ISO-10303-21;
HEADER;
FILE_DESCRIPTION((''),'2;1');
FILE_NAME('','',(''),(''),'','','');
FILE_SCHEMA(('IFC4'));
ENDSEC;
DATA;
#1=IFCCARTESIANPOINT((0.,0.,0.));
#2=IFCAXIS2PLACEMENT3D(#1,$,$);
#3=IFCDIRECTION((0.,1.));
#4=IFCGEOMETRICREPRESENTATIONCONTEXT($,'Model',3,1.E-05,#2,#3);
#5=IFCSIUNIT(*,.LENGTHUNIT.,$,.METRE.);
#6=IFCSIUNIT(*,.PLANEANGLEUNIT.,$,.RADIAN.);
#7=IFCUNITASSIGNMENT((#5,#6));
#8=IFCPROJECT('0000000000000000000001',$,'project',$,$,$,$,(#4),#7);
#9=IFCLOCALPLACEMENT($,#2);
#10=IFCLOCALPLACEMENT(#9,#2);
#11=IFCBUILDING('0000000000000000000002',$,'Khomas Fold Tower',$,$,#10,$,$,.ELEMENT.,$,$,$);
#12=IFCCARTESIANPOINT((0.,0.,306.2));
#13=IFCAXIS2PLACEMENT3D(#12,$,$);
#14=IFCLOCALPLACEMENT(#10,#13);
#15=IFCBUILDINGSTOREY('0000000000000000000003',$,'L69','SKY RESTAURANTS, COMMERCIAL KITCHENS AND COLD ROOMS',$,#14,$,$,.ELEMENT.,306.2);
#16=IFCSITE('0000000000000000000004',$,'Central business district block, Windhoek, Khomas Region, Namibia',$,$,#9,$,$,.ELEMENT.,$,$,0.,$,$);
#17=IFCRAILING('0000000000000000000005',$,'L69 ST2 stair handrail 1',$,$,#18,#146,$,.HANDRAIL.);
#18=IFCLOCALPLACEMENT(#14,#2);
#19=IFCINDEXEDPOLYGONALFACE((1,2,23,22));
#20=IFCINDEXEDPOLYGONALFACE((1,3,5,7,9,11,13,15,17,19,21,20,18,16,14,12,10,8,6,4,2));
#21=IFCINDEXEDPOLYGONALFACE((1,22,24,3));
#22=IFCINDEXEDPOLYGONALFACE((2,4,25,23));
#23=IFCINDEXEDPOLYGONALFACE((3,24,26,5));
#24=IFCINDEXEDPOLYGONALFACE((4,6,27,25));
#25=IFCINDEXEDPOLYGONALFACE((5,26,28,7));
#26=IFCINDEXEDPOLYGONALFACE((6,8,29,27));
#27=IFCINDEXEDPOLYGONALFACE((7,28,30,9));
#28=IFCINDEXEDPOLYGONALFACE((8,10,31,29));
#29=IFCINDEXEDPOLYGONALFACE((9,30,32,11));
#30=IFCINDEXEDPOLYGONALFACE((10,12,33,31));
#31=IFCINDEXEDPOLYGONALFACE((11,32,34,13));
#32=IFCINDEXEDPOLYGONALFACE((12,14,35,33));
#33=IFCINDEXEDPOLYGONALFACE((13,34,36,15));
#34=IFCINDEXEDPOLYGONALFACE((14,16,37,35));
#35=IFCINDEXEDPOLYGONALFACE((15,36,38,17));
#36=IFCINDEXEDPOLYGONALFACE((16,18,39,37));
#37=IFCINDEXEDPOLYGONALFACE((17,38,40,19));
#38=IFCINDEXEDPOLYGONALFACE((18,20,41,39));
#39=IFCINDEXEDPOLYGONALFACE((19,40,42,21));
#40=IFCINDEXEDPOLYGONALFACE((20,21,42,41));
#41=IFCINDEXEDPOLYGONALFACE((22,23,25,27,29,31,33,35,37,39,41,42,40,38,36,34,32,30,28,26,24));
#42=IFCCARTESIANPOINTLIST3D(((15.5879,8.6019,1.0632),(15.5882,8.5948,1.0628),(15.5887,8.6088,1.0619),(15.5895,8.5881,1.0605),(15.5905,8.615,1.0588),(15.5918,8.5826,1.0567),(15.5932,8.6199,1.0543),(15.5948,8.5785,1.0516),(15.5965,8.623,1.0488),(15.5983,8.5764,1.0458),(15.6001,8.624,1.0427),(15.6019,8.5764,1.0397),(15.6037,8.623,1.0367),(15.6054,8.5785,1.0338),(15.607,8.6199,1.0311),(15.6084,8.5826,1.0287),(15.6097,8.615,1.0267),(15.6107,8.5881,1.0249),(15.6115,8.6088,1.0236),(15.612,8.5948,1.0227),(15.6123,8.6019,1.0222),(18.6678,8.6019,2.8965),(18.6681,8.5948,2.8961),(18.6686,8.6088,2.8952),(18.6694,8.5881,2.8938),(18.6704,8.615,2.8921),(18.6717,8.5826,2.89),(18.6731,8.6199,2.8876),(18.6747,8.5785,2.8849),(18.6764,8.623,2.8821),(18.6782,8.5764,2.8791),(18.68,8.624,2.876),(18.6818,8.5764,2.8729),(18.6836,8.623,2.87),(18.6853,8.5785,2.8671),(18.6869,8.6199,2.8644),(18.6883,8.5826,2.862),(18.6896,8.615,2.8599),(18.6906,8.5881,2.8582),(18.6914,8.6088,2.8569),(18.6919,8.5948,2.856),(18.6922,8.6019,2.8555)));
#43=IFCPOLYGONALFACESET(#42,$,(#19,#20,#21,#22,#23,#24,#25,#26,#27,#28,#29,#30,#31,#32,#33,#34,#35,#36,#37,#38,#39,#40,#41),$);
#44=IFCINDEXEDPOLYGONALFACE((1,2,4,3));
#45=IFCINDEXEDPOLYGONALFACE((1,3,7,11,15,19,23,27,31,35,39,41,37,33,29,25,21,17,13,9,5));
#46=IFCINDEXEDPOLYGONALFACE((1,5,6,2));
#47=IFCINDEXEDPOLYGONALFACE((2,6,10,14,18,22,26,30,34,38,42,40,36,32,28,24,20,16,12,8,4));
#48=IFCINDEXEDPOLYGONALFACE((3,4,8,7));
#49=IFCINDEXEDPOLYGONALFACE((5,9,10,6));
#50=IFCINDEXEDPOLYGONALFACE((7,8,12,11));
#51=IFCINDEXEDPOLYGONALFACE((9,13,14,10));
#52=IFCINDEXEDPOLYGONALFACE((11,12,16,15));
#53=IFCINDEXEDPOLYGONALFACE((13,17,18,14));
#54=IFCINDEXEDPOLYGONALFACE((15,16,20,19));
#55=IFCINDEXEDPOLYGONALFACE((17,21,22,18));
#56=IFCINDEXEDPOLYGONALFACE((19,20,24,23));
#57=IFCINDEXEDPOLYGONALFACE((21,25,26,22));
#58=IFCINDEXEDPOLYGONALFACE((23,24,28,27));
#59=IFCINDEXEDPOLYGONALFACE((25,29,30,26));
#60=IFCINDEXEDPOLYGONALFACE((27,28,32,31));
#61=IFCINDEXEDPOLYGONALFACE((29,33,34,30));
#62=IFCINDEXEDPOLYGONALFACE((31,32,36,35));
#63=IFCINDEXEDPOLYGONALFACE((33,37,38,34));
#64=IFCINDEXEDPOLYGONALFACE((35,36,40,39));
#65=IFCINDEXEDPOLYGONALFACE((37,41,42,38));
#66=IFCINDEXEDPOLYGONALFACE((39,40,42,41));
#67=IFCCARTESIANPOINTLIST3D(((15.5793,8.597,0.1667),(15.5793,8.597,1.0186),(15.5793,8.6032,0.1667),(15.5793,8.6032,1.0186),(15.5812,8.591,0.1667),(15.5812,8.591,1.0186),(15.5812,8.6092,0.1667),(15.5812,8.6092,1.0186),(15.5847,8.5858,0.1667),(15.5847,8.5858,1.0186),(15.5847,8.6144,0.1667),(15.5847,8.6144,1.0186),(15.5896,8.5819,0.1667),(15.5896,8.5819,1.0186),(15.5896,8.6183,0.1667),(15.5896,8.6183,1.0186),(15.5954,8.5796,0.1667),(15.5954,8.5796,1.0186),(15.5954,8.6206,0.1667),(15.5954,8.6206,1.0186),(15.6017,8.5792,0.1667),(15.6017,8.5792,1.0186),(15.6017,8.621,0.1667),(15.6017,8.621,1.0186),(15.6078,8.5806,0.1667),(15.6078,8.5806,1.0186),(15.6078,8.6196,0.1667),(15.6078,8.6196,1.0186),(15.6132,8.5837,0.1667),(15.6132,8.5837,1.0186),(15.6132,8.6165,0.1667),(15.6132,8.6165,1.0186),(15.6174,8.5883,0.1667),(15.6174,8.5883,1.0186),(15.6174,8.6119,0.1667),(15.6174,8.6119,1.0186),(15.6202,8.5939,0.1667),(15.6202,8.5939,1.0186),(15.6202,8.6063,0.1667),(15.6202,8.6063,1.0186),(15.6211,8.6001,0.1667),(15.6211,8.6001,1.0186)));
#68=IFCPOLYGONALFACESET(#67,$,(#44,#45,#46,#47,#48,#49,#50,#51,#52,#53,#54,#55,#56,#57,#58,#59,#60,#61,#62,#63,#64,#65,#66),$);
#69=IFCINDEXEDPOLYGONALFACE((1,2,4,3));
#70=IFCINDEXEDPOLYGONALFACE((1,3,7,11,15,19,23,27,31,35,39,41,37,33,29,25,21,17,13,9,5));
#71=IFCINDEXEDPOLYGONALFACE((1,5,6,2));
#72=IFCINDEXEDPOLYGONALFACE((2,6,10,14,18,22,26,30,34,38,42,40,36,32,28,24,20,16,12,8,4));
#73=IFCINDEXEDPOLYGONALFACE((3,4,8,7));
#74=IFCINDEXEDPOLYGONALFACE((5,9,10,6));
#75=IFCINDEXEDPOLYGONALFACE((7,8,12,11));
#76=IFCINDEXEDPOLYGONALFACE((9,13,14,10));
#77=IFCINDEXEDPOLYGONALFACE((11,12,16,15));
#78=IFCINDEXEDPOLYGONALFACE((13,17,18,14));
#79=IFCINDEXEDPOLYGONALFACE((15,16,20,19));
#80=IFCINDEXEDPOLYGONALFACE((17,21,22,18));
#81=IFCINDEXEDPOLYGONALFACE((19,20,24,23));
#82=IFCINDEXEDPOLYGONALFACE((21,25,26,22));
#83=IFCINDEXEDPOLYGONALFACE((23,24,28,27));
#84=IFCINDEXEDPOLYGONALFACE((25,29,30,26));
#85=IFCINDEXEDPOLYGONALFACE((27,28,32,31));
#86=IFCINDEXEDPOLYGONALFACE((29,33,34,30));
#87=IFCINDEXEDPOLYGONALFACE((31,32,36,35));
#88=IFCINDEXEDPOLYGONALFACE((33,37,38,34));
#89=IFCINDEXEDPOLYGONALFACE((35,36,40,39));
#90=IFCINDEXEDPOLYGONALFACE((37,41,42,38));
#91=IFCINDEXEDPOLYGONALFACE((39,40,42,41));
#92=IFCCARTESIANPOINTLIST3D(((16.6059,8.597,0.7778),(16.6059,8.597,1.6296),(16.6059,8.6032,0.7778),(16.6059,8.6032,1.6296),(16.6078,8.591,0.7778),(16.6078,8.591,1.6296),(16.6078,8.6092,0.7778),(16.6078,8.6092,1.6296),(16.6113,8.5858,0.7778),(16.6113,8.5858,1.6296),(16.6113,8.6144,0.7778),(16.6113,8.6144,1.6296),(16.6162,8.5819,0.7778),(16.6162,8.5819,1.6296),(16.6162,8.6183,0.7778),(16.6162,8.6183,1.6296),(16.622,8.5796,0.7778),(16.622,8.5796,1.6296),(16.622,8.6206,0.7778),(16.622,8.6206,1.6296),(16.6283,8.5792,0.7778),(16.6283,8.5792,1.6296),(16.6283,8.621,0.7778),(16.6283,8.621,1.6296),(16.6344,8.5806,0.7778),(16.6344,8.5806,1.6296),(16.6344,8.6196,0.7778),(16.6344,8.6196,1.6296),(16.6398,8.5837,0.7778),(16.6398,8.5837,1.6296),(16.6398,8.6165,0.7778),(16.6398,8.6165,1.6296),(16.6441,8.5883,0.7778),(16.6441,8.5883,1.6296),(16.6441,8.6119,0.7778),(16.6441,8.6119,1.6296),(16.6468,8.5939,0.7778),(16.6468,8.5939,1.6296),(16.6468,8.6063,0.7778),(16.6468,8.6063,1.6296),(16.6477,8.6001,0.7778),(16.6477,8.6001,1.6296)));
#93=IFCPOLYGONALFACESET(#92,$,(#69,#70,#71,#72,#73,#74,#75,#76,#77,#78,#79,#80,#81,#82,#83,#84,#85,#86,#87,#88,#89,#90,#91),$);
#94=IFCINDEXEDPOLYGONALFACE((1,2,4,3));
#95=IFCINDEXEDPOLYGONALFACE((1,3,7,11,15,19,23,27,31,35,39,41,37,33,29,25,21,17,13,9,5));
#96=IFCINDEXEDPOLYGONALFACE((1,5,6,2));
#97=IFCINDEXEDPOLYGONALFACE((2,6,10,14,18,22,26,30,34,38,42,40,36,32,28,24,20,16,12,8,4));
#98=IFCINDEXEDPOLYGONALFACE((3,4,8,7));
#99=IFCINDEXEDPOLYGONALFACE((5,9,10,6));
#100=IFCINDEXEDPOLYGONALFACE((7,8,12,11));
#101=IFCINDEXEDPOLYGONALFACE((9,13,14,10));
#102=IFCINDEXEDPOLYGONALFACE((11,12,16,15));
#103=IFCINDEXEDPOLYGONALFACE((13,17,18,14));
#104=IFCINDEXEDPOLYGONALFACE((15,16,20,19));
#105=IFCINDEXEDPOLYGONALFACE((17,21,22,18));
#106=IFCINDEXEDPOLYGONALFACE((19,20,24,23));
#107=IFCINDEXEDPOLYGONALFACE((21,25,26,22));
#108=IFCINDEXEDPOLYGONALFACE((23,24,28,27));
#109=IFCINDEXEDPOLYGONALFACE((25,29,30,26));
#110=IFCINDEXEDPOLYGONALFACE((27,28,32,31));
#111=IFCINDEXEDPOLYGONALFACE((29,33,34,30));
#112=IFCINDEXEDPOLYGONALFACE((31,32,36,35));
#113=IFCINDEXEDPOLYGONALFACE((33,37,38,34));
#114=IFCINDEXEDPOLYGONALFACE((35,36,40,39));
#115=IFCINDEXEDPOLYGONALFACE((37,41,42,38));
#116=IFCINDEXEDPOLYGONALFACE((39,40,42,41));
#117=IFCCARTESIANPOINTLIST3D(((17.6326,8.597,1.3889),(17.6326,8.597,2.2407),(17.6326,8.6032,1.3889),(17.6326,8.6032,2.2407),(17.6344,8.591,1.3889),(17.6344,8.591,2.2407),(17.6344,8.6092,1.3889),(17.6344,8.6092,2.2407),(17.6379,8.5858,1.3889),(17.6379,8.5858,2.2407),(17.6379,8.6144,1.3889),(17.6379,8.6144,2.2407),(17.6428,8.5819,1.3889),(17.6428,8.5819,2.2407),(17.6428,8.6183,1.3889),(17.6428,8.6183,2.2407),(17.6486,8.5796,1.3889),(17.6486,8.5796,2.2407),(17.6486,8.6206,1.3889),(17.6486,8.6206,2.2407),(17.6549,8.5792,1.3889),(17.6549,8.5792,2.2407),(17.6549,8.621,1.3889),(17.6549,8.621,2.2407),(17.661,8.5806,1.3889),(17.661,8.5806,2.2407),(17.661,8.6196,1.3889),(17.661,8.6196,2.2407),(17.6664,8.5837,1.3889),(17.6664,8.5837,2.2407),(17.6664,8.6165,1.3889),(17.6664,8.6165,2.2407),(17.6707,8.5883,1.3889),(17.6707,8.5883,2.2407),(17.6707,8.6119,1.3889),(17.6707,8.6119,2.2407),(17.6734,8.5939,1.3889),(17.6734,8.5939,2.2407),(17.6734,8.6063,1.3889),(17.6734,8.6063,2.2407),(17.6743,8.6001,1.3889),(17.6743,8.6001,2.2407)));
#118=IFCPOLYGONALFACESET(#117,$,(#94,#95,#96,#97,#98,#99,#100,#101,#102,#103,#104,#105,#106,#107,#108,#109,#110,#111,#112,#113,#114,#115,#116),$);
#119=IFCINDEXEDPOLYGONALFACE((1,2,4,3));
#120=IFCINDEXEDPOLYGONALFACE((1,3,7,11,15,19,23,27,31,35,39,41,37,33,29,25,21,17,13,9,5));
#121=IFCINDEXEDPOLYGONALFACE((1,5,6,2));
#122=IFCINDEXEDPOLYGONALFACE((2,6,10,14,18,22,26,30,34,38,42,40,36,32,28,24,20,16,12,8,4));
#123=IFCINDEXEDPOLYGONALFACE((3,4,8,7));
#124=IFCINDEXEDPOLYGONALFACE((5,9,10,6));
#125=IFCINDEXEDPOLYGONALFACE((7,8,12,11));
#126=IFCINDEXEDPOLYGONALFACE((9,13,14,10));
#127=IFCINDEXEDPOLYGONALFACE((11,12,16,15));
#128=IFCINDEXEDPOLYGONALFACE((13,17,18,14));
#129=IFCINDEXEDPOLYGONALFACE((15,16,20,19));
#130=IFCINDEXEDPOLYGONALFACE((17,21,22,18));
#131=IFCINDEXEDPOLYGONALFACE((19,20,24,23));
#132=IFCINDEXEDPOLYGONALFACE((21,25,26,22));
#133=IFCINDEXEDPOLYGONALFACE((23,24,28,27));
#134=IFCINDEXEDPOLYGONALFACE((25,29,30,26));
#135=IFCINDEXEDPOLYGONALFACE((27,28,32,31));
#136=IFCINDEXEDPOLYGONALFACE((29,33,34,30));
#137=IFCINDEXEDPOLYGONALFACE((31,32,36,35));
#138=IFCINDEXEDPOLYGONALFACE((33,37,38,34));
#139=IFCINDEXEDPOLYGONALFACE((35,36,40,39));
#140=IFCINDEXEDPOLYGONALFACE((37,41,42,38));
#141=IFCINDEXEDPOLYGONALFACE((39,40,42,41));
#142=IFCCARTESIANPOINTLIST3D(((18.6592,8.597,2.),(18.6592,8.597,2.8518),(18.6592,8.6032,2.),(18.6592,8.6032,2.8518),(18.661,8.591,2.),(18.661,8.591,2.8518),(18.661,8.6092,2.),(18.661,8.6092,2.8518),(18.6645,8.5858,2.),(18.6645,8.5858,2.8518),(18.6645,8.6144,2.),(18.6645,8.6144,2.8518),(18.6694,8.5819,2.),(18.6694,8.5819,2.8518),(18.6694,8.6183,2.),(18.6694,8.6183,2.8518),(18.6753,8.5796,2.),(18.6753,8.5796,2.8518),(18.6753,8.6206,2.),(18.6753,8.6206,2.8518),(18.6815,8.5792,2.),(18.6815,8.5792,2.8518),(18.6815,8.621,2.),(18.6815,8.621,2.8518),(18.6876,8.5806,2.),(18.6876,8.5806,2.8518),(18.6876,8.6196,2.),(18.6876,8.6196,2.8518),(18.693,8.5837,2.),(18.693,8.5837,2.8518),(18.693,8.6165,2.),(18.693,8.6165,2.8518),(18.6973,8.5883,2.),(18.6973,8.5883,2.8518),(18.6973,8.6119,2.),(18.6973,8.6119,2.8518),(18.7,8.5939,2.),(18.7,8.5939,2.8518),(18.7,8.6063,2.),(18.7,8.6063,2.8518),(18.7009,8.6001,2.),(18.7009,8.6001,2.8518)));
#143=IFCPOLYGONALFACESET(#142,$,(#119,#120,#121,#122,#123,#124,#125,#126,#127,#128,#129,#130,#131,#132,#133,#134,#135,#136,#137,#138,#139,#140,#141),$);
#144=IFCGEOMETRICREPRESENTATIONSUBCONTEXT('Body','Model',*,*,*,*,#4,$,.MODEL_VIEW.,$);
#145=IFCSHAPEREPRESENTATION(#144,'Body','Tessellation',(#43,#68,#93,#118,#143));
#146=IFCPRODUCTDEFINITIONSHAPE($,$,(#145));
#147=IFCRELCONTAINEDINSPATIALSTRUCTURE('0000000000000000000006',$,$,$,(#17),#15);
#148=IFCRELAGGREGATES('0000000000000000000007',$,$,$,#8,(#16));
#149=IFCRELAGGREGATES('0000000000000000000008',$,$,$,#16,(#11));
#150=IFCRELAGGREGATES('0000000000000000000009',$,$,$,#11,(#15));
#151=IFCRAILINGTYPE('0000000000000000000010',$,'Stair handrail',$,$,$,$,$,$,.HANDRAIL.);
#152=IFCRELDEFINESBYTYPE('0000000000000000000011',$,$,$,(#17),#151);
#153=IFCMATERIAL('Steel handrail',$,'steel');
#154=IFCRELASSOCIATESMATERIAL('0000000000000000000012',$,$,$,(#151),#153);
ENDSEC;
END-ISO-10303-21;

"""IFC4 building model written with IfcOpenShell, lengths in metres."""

from ifc_helpers import new_model, si_unit, direction, frame, origin, origin_2d, place, context, subcontext, project, spatial, circle, extrude, source, transform, mapped, material, type_object, element, save


model = new_model("IFC4")

# Units and contexts
model_context = context("Model", 3, precision=1e-05, world=origin(), true_north=direction((0.0, 1.0)))
body_context = subcontext(model_context, "Body", "Model", "MODEL_VIEW")
ifc_project = project(units=[si_unit("LENGTHUNIT", "METRE"), si_unit("PLANEANGLEUNIT", "RADIAN")], contexts=[model_context])

# Site, building, storey
site_placement = place(None, origin())
site = spatial("IfcSite", under=ifc_project, at=site_placement, Name="Central business district block, Windhoek, Khomas Region, Namibia", CompositionType="ELEMENT", RefElevation=0.0)
building_placement = place(site_placement, origin())
building = spatial("IfcBuilding", under=site, at=building_placement, Name="Khomas Fold Tower", CompositionType="ELEMENT")
storey_placement = place(building_placement, frame((0.0, 0.0, 306.2)))
storey = spatial("IfcBuildingStorey", under=building, at=storey_placement, Name="L69", Description="SKY RESTAURANTS, COMMERCIAL KITCHENS AND COLD ROOMS", CompositionType="ELEMENT", Elevation=306.2)

# Railing
ifc_material_1 = material(Name="Steel handrail", Category="steel")
railing_type_1 = type_object("IfcRailingType", Name="Stair handrail", PredefinedType="HANDRAIL", material=ifc_material_1)
shared_shape_1 = source(origin(), body_context, "Body", "SweptSolid", [
    extrude(circle(Radius=0.0239, at=origin_2d()), frame((0.0, 0.0, 0.876), z_axis=(0.859291, 0.0, 0.511487), x_axis=(0.0, 1.0, 0.0)), (0.0, 0.0, 1.0), 3.5842),
    extrude(circle(Radius=0.021, at=origin_2d()), origin(), (0.0, 0.0, 1.0), 0.8518),
    extrude(circle(Radius=0.021, at=origin_2d()), frame((1.0266, 0.0, 0.6111)), (0.0, 0.0, 1.0), 0.8518),
    extrude(circle(Radius=0.021, at=origin_2d()), frame((2.0532, 0.0, 1.2222)), (0.0, 0.0, 1.0), 0.8518),
    extrude(circle(Radius=0.021, at=origin_2d()), frame((3.0798, 0.0, 1.8333)), (0.0, 0.0, 1.0), 0.8518),
])
railing_1_placement = place(storey_placement, frame((15.6001, 8.6001, 0.1667)))
element("IfcRailing", 1, at=railing_1_placement, inside=storey, type_object=railing_type_1, Name="L69 ST2 stair handrail 1", PredefinedType="HANDRAIL", context=body_context, shape_type="MappedRepresentation", body=[
    mapped(shared_shape_1, transform((0.0, 0.0, 0.0))),
])

save(model, "model.ifc")
